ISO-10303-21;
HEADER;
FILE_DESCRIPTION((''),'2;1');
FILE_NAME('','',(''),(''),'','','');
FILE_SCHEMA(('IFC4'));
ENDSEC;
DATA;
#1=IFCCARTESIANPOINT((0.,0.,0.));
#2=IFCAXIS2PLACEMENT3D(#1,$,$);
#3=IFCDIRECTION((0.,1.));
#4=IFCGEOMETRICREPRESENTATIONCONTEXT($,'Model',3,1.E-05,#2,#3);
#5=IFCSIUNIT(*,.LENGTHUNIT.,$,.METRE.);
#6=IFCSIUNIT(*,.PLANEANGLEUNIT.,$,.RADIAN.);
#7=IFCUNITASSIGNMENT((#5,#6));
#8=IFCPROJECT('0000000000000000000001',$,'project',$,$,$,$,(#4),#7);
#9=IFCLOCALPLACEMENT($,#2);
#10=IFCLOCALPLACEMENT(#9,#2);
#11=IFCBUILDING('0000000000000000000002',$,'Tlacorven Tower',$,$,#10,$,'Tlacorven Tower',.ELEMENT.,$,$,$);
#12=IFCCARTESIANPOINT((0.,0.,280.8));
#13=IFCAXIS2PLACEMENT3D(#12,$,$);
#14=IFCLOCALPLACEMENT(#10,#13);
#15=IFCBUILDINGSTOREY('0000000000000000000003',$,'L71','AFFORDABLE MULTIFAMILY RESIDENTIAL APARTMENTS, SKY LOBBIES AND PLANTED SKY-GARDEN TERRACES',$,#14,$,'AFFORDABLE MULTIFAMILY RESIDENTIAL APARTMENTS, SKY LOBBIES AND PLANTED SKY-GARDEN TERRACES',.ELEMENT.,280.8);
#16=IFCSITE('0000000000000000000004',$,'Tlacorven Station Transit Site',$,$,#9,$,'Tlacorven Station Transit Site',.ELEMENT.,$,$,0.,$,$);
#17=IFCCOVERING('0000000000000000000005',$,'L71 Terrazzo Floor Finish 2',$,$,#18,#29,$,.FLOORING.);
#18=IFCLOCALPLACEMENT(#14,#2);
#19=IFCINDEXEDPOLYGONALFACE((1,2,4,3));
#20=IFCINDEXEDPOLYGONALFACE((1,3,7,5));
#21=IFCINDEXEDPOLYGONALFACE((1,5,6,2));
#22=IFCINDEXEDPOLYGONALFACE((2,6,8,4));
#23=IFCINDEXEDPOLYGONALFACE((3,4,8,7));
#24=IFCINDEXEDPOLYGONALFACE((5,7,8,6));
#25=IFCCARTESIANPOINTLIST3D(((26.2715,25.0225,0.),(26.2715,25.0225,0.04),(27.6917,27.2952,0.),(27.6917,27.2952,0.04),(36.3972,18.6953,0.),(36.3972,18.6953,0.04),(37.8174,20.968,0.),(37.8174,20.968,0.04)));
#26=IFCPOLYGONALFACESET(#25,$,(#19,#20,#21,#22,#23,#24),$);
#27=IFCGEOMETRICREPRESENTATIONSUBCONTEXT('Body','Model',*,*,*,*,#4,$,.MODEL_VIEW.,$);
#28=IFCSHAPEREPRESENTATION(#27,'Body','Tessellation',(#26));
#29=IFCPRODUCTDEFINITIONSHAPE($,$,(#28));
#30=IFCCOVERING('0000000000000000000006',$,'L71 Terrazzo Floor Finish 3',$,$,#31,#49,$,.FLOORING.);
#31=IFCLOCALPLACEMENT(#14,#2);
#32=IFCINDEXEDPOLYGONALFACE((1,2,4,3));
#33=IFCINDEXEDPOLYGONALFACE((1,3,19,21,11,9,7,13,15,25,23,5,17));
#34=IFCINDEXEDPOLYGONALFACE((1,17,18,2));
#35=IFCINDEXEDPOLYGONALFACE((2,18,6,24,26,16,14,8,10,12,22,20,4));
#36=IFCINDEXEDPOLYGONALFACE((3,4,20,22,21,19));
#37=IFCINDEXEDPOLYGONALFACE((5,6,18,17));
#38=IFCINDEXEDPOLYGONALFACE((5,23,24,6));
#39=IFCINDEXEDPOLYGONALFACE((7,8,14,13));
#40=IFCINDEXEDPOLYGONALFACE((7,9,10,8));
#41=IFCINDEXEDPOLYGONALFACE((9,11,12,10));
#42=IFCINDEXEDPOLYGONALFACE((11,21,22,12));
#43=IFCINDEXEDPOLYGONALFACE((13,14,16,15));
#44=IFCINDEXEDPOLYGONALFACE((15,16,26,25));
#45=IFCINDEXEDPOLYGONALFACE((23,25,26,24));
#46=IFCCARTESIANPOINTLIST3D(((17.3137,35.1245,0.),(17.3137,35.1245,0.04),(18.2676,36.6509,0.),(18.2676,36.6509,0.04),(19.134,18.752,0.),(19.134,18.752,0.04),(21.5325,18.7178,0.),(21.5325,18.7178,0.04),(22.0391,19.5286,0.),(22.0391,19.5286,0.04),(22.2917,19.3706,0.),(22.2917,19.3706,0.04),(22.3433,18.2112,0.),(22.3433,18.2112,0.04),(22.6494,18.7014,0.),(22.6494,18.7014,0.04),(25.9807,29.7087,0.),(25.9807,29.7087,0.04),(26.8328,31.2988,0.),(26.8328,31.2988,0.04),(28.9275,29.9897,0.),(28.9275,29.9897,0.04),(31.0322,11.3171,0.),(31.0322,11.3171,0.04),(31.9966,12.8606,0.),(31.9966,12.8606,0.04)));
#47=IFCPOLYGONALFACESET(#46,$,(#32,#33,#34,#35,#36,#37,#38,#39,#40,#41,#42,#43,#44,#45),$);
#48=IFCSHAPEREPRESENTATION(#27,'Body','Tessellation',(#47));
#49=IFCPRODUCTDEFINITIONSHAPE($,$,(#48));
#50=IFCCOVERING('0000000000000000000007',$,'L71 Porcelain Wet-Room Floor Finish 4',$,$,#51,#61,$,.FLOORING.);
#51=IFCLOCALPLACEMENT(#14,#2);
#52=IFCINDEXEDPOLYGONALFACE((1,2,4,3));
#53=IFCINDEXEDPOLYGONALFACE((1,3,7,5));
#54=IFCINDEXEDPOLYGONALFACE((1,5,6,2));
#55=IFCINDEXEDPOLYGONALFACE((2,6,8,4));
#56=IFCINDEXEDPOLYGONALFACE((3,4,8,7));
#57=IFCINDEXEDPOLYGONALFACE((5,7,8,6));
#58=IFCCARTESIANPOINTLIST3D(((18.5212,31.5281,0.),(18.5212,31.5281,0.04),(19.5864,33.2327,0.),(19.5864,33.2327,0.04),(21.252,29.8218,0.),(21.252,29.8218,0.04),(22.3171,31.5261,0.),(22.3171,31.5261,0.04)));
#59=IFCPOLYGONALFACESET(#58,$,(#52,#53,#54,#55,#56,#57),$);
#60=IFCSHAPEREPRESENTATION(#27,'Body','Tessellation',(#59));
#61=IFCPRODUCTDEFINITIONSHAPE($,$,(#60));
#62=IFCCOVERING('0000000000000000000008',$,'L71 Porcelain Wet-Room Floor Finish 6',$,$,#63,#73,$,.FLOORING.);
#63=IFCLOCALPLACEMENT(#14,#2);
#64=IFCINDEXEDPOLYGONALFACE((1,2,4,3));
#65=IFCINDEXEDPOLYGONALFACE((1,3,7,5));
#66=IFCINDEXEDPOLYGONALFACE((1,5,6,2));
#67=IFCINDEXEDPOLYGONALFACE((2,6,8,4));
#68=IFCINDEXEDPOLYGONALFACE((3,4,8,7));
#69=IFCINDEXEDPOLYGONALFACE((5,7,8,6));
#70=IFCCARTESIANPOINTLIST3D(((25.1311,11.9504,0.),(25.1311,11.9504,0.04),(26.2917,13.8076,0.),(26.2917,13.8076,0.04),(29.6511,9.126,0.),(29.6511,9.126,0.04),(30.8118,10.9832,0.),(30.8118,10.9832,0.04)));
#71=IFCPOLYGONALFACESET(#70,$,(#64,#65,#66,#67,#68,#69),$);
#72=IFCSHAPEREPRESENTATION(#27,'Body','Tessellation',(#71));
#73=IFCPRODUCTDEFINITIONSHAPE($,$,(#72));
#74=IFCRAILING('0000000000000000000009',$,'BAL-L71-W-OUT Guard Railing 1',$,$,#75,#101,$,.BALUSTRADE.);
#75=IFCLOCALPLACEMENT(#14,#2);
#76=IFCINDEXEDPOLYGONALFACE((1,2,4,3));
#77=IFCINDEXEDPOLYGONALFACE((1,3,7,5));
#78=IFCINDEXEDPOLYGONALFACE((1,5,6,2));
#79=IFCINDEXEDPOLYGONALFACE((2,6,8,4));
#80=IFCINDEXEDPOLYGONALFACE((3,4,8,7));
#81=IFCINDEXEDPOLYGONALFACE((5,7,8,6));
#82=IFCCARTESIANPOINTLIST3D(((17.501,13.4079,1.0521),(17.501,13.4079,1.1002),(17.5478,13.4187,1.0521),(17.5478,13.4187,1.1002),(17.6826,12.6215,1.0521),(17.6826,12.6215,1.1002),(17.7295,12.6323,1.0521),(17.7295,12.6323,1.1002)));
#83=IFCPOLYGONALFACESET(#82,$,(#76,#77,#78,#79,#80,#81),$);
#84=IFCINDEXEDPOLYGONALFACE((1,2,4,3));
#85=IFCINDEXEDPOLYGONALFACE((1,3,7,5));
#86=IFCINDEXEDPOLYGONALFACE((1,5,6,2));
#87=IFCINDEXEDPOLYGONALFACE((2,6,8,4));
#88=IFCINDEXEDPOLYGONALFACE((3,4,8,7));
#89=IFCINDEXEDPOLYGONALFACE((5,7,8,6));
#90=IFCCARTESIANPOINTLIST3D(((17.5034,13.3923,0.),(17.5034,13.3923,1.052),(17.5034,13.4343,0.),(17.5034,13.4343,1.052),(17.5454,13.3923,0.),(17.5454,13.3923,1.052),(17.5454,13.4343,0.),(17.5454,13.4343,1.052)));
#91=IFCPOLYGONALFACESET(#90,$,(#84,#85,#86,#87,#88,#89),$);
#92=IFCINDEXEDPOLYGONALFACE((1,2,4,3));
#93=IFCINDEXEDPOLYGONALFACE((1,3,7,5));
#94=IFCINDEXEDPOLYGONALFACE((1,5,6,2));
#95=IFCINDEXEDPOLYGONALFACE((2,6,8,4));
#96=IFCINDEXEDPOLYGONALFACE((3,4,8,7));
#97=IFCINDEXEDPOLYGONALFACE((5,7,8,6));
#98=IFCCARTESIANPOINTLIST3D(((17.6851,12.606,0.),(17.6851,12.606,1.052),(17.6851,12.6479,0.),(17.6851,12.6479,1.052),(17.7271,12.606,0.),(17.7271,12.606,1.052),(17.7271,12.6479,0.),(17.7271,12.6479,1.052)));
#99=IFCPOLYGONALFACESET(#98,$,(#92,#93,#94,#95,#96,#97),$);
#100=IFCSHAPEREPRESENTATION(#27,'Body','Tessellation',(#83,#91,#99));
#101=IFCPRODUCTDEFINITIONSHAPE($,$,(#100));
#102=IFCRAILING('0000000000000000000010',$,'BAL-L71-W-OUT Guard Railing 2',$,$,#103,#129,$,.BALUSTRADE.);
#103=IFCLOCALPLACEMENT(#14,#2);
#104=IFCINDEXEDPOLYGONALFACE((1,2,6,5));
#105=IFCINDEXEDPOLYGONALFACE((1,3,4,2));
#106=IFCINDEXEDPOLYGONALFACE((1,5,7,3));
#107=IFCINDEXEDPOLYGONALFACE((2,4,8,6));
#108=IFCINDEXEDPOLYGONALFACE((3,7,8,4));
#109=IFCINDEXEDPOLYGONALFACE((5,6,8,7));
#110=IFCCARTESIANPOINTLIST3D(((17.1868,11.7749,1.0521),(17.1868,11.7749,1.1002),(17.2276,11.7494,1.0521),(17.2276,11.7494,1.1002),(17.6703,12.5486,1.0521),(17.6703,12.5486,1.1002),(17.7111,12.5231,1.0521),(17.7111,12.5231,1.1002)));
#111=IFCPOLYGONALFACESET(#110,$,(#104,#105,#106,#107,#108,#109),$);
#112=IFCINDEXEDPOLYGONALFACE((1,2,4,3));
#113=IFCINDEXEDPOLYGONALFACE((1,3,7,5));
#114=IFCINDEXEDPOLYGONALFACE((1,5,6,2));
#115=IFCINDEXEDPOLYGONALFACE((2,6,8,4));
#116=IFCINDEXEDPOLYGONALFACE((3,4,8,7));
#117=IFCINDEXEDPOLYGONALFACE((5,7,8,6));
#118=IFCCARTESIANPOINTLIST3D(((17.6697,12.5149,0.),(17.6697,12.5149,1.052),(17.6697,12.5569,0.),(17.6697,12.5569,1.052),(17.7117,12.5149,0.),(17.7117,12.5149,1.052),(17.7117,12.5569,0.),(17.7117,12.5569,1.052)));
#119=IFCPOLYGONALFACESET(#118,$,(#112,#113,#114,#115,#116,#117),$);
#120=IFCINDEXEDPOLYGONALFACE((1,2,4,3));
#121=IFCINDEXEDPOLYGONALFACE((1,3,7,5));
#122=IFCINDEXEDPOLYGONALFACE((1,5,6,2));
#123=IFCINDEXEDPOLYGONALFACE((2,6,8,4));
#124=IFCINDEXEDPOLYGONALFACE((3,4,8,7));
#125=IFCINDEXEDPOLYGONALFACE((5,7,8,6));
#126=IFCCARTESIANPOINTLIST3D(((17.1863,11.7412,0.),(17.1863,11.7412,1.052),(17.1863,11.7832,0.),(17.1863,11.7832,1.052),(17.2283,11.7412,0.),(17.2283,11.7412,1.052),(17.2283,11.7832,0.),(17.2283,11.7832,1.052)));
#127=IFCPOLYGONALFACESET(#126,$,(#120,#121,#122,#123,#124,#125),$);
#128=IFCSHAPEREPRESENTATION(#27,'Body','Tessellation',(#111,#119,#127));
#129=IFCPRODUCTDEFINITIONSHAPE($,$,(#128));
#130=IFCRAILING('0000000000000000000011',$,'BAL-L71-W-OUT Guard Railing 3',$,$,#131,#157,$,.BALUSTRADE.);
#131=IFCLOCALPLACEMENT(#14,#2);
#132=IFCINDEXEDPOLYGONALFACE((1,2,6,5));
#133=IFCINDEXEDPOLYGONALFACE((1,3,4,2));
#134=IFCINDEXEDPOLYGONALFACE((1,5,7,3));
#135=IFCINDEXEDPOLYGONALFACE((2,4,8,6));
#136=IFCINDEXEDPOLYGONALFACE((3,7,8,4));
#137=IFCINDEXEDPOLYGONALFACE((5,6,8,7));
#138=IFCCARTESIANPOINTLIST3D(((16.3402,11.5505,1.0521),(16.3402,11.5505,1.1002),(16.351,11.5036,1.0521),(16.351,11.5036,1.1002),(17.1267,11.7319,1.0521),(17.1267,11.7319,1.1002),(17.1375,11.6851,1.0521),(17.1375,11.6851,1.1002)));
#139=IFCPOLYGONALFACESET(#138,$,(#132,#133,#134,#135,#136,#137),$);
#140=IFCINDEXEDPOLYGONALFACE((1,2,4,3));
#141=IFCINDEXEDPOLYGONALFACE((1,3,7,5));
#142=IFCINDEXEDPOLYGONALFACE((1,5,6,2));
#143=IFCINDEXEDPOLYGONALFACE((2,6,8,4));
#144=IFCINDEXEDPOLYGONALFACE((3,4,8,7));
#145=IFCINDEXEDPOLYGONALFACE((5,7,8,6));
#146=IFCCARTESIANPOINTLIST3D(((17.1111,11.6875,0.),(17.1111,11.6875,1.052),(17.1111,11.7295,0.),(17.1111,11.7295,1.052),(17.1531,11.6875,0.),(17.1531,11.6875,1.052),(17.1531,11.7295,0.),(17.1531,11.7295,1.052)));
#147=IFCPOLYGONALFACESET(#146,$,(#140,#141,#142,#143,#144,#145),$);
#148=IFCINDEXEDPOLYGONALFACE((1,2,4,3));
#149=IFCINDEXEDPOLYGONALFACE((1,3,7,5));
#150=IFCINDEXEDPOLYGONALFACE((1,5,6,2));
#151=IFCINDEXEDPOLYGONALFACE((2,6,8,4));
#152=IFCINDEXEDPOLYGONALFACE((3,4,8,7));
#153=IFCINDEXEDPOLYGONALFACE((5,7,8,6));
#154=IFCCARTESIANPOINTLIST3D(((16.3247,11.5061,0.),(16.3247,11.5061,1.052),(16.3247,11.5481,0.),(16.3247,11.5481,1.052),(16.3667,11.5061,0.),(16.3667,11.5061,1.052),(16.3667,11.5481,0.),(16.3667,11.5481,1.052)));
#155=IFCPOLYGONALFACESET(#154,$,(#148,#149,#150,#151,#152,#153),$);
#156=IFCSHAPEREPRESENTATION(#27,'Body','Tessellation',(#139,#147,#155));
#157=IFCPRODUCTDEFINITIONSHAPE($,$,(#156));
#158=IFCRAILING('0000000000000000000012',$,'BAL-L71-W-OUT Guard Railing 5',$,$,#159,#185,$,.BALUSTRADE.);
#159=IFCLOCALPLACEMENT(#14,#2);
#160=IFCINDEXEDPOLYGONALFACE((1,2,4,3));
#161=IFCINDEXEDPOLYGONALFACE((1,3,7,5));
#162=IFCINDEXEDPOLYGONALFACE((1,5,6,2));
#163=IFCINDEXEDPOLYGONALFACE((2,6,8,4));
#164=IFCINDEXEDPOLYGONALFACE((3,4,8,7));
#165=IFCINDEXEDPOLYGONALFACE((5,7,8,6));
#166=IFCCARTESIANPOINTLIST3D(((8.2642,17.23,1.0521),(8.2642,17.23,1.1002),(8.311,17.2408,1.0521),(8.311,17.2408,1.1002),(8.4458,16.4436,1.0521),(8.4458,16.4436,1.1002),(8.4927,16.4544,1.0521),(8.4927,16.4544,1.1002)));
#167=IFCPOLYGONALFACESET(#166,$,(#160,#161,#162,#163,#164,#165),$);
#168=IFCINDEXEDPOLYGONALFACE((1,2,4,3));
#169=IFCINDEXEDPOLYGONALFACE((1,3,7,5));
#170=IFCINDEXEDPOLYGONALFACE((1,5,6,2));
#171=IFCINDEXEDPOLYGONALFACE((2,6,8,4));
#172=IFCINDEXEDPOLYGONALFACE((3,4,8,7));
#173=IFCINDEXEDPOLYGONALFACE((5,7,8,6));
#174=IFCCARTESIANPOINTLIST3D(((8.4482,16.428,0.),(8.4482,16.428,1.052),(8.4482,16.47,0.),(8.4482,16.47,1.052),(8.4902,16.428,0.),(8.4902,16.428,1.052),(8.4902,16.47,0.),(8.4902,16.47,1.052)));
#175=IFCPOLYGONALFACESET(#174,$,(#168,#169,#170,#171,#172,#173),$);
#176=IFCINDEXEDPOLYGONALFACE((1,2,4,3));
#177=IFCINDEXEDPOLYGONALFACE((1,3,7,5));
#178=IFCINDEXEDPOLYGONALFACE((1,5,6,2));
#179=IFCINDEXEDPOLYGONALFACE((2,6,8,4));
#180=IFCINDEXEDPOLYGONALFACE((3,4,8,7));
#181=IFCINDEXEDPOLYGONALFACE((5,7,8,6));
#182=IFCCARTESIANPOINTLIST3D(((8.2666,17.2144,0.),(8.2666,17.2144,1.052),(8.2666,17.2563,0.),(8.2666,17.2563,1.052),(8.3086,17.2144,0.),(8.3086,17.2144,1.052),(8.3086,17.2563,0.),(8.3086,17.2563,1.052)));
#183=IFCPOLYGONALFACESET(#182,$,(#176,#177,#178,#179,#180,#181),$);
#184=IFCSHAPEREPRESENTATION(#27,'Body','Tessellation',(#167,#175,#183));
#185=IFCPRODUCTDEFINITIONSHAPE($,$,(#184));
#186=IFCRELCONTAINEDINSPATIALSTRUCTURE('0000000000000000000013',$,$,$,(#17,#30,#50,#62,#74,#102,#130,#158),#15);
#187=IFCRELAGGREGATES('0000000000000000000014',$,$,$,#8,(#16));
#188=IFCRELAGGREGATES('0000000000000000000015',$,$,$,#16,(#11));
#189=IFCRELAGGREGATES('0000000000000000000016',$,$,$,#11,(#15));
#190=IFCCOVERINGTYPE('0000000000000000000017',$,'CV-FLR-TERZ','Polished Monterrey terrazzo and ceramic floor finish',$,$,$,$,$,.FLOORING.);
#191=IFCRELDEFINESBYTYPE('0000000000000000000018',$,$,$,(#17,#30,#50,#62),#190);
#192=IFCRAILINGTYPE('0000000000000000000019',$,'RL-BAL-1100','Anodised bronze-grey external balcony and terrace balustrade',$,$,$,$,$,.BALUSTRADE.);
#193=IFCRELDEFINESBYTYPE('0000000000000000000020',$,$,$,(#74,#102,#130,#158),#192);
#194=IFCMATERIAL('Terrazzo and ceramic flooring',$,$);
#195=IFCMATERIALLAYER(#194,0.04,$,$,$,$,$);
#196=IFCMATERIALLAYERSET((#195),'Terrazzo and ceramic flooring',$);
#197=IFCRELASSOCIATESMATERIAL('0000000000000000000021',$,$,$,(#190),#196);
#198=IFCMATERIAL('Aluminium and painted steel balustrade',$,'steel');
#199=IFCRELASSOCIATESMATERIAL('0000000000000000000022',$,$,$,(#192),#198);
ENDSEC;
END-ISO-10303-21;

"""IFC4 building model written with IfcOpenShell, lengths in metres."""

from ifc_helpers import new_model, si_unit, direction, frame, origin, origin_2d, place, context, subcontext, project, spatial, polyline, rectangle, outline, extrude, source, transform, mapped, material, layer, layer_set, type_object, element, save


model = new_model("IFC4")

# Units and contexts
model_context = context("Model", 3, precision=1e-05, world=origin(), true_north=direction((0.0, 1.0)))
body_context = subcontext(model_context, "Body", "Model", "MODEL_VIEW")
ifc_project = project(units=[si_unit("LENGTHUNIT", "METRE"), si_unit("PLANEANGLEUNIT", "RADIAN")], contexts=[model_context])

# Site, building, storey
site_placement = place(None, origin())
site = spatial("IfcSite", under=ifc_project, at=site_placement, Name="Tlacorven Station Transit Site", LongName="Tlacorven Station Transit Site", CompositionType="ELEMENT", RefElevation=0.0)
building_placement = place(site_placement, origin())
building = spatial("IfcBuilding", under=site, at=building_placement, Name="Tlacorven Tower", LongName="Tlacorven Tower", CompositionType="ELEMENT")
storey_placement = place(building_placement, frame((0.0, 0.0, 280.8)))
storey = spatial("IfcBuildingStorey", under=building, at=storey_placement, Name="L71", Description="AFFORDABLE MULTIFAMILY RESIDENTIAL APARTMENTS, SKY LOBBIES AND PLANTED SKY-GARDEN TERRACES", LongName="AFFORDABLE MULTIFAMILY RESIDENTIAL APARTMENTS, SKY LOBBIES AND PLANTED SKY-GARDEN TERRACES", CompositionType="ELEMENT", Elevation=280.8)

# Coverings
ifc_material_1 = material(Name="Terrazzo and ceramic flooring")
ifc_layer_1 = layer(ifc_material_1, 0.04)
ifc_layer_set_1 = layer_set([ifc_layer_1], Name="Terrazzo and ceramic flooring")
covering_type_1 = type_object("IfcCoveringType", Name="CV-FLR-TERZ", Description="Polished Monterrey terrazzo and ceramic floor finish", PredefinedType="FLOORING", material=ifc_layer_set_1)
covering_1_placement = place(storey_placement, origin())
element("IfcCovering", 1, at=covering_1_placement, inside=storey, type_object=covering_type_1, Name="L71 Terrazzo Floor Finish 2", PredefinedType="FLOORING", context=body_context, shape_type="SweptSolid", body=[
    extrude(outline(polyline([(37.8174, 20.968), (36.3972, 18.6953), (26.2715, 25.0225), (27.6917, 27.2952), (37.8174, 20.968)])), origin(), (0.0, 0.0, 1.0), 0.04),
])
covering_2_placement = place(storey_placement, origin())
element("IfcCovering", 2, at=covering_2_placement, inside=storey, type_object=covering_type_1, Name="L71 Terrazzo Floor Finish 3", PredefinedType="FLOORING", context=body_context, shape_type="SweptSolid", body=[
    extrude(outline(polyline([(19.134, 18.752), (25.9807, 29.7087), (17.3137, 35.1245), (18.2676, 36.6509), (26.8328, 31.2988), (28.9275, 29.9897), (22.2917, 19.3706), (22.0391, 19.5286), (21.5325, 18.7178), (22.3433, 18.2112), (22.6494, 18.7014), (31.9966, 12.8606), (31.0322, 11.3171), (19.134, 18.752)])), origin(), (0.0, 0.0, 1.0), 0.04),
])
covering_3_placement = place(storey_placement, origin())
element("IfcCovering", 3, at=covering_3_placement, inside=storey, type_object=covering_type_1, Name="L71 Porcelain Wet-Room Floor Finish 4", PredefinedType="FLOORING", context=body_context, shape_type="SweptSolid", body=[
    extrude(outline(polyline([(22.3171, 31.5261), (21.252, 29.8218), (18.5212, 31.5281), (19.5864, 33.2327), (22.3171, 31.5261)])), origin(), (0.0, 0.0, 1.0), 0.04),
])
covering_4_placement = place(storey_placement, origin())
element("IfcCovering", 4, at=covering_4_placement, inside=storey, type_object=covering_type_1, Name="L71 Porcelain Wet-Room Floor Finish 6", PredefinedType="FLOORING", context=body_context, shape_type="SweptSolid", body=[
    extrude(outline(polyline([(30.8118, 10.9832), (29.6511, 9.126), (25.1311, 11.9504), (26.2917, 13.8076), (30.8118, 10.9832)])), origin(), (0.0, 0.0, 1.0), 0.04),
])

# Railings
ifc_material_2 = material(Name="Aluminium and painted steel balustrade", Category="steel")
railing_type = type_object("IfcRailingType", Name="RL-BAL-1100", Description="Anodised bronze-grey external balcony and terrace balustrade", PredefinedType="BALUSTRADE", material=ifc_material_2)
shared_shape_1 = source(origin(), body_context, "Body", "SweptSolid", [
    extrude(rectangle(XDim=0.0481, YDim=0.0481, at=origin_2d()), frame((0.0, 0.0, 1.0762), z_axis=(0.225058, -0.974345, 0.0), x_axis=(0.974345, 0.225058, 0.0)), (0.0, 0.0, 1.0), 0.8071),
    extrude(rectangle(XDim=0.042, YDim=0.042, at=origin_2d()), origin(), (0.0, 0.0, 1.0), 1.052),
    extrude(rectangle(XDim=0.042, YDim=0.042, at=origin_2d()), frame((0.1816, -0.7864, 0.0)), (0.0, 0.0, 1.0), 1.052),
])
railing_1_placement = place(storey_placement, frame((17.5244, 13.4133, 0.0)))
element("IfcRailing", 5, at=railing_1_placement, inside=storey, type_object=railing_type, Name="BAL-L71-W-OUT Guard Railing 1", PredefinedType="BALUSTRADE", context=body_context, shape_type="MappedRepresentation", body=[
    mapped(shared_shape_1, transform((0.0, 0.0, 0.0), scale=1.0)),
])
shared_shape_2 = source(origin(), body_context, "Body", "SweptSolid", [
    extrude(rectangle(XDim=0.0481, YDim=0.0481, at=origin_2d()), frame((0.0, 0.0, 1.0762), z_axis=(-0.529879, -0.848073, 0.0), x_axis=(0.848073, -0.529879, 0.0)), (0.0, 0.0, 1.0), 0.9124),
    extrude(rectangle(XDim=0.042, YDim=0.042, at=origin_2d()), origin(), (0.0, 0.0, 1.0), 1.052),
    extrude(rectangle(XDim=0.042, YDim=0.042, at=origin_2d()), frame((-0.4834, -0.7737, 0.0)), (0.0, 0.0, 1.0), 1.052),
])
railing_2_placement = place(storey_placement, frame((17.6907, 12.5359, 0.0)))
element("IfcRailing", 6, at=railing_2_placement, inside=storey, type_object=railing_type, Name="BAL-L71-W-OUT Guard Railing 2", PredefinedType="BALUSTRADE", context=body_context, shape_type="MappedRepresentation", body=[
    mapped(shared_shape_2, transform((0.0, 0.0, 0.0), scale=1.0)),
])
shared_shape_3 = source(origin(), body_context, "Body", "SweptSolid", [
    extrude(rectangle(XDim=0.0481, YDim=0.0481, at=origin_2d()), frame((0.0, 0.0, 1.0762), z_axis=(-0.974412, -0.224771, 0.0), x_axis=(0.224771, -0.974412, 0.0)), (0.0, 0.0, 1.0), 0.8071),
    extrude(rectangle(XDim=0.042, YDim=0.042, at=origin_2d()), origin(), (0.0, 0.0, 1.0), 1.052),
    extrude(rectangle(XDim=0.042, YDim=0.042, at=origin_2d()), frame((-0.7864, -0.1814, 0.0)), (0.0, 0.0, 1.0), 1.052),
])
railing_3_placement = place(storey_placement, frame((17.1321, 11.7085, 0.0)))
element("IfcRailing", 7, at=railing_3_placement, inside=storey, type_object=railing_type, Name="BAL-L71-W-OUT Guard Railing 3", PredefinedType="BALUSTRADE", context=body_context, shape_type="MappedRepresentation", body=[
    mapped(shared_shape_3, transform((0.0, 0.0, 0.0), scale=1.0)),
])
shared_shape_4 = source(origin(), body_context, "Body", "SweptSolid", [
    extrude(rectangle(XDim=0.0481, YDim=0.0481, at=origin_2d()), frame((0.0, 0.0, 1.0762), z_axis=(-0.225058, 0.974345, 0.0), x_axis=(-0.974345, -0.225058, 0.0)), (0.0, 0.0, 1.0), 0.8071),
    extrude(rectangle(XDim=0.042, YDim=0.042, at=origin_2d()), origin(), (0.0, 0.0, 1.0), 1.052),
    extrude(rectangle(XDim=0.042, YDim=0.042, at=origin_2d()), frame((-0.1816, 0.7864, 0.0)), (0.0, 0.0, 1.0), 1.052),
])
railing_4_placement = place(storey_placement, frame((8.4692, 16.449, 0.0)))
element("IfcRailing", 8, at=railing_4_placement, inside=storey, type_object=railing_type, Name="BAL-L71-W-OUT Guard Railing 5", PredefinedType="BALUSTRADE", context=body_context, shape_type="MappedRepresentation", body=[
    mapped(shared_shape_4, transform((0.0, 0.0, 0.0), scale=1.0)),
])

save(model, "model.ifc")
